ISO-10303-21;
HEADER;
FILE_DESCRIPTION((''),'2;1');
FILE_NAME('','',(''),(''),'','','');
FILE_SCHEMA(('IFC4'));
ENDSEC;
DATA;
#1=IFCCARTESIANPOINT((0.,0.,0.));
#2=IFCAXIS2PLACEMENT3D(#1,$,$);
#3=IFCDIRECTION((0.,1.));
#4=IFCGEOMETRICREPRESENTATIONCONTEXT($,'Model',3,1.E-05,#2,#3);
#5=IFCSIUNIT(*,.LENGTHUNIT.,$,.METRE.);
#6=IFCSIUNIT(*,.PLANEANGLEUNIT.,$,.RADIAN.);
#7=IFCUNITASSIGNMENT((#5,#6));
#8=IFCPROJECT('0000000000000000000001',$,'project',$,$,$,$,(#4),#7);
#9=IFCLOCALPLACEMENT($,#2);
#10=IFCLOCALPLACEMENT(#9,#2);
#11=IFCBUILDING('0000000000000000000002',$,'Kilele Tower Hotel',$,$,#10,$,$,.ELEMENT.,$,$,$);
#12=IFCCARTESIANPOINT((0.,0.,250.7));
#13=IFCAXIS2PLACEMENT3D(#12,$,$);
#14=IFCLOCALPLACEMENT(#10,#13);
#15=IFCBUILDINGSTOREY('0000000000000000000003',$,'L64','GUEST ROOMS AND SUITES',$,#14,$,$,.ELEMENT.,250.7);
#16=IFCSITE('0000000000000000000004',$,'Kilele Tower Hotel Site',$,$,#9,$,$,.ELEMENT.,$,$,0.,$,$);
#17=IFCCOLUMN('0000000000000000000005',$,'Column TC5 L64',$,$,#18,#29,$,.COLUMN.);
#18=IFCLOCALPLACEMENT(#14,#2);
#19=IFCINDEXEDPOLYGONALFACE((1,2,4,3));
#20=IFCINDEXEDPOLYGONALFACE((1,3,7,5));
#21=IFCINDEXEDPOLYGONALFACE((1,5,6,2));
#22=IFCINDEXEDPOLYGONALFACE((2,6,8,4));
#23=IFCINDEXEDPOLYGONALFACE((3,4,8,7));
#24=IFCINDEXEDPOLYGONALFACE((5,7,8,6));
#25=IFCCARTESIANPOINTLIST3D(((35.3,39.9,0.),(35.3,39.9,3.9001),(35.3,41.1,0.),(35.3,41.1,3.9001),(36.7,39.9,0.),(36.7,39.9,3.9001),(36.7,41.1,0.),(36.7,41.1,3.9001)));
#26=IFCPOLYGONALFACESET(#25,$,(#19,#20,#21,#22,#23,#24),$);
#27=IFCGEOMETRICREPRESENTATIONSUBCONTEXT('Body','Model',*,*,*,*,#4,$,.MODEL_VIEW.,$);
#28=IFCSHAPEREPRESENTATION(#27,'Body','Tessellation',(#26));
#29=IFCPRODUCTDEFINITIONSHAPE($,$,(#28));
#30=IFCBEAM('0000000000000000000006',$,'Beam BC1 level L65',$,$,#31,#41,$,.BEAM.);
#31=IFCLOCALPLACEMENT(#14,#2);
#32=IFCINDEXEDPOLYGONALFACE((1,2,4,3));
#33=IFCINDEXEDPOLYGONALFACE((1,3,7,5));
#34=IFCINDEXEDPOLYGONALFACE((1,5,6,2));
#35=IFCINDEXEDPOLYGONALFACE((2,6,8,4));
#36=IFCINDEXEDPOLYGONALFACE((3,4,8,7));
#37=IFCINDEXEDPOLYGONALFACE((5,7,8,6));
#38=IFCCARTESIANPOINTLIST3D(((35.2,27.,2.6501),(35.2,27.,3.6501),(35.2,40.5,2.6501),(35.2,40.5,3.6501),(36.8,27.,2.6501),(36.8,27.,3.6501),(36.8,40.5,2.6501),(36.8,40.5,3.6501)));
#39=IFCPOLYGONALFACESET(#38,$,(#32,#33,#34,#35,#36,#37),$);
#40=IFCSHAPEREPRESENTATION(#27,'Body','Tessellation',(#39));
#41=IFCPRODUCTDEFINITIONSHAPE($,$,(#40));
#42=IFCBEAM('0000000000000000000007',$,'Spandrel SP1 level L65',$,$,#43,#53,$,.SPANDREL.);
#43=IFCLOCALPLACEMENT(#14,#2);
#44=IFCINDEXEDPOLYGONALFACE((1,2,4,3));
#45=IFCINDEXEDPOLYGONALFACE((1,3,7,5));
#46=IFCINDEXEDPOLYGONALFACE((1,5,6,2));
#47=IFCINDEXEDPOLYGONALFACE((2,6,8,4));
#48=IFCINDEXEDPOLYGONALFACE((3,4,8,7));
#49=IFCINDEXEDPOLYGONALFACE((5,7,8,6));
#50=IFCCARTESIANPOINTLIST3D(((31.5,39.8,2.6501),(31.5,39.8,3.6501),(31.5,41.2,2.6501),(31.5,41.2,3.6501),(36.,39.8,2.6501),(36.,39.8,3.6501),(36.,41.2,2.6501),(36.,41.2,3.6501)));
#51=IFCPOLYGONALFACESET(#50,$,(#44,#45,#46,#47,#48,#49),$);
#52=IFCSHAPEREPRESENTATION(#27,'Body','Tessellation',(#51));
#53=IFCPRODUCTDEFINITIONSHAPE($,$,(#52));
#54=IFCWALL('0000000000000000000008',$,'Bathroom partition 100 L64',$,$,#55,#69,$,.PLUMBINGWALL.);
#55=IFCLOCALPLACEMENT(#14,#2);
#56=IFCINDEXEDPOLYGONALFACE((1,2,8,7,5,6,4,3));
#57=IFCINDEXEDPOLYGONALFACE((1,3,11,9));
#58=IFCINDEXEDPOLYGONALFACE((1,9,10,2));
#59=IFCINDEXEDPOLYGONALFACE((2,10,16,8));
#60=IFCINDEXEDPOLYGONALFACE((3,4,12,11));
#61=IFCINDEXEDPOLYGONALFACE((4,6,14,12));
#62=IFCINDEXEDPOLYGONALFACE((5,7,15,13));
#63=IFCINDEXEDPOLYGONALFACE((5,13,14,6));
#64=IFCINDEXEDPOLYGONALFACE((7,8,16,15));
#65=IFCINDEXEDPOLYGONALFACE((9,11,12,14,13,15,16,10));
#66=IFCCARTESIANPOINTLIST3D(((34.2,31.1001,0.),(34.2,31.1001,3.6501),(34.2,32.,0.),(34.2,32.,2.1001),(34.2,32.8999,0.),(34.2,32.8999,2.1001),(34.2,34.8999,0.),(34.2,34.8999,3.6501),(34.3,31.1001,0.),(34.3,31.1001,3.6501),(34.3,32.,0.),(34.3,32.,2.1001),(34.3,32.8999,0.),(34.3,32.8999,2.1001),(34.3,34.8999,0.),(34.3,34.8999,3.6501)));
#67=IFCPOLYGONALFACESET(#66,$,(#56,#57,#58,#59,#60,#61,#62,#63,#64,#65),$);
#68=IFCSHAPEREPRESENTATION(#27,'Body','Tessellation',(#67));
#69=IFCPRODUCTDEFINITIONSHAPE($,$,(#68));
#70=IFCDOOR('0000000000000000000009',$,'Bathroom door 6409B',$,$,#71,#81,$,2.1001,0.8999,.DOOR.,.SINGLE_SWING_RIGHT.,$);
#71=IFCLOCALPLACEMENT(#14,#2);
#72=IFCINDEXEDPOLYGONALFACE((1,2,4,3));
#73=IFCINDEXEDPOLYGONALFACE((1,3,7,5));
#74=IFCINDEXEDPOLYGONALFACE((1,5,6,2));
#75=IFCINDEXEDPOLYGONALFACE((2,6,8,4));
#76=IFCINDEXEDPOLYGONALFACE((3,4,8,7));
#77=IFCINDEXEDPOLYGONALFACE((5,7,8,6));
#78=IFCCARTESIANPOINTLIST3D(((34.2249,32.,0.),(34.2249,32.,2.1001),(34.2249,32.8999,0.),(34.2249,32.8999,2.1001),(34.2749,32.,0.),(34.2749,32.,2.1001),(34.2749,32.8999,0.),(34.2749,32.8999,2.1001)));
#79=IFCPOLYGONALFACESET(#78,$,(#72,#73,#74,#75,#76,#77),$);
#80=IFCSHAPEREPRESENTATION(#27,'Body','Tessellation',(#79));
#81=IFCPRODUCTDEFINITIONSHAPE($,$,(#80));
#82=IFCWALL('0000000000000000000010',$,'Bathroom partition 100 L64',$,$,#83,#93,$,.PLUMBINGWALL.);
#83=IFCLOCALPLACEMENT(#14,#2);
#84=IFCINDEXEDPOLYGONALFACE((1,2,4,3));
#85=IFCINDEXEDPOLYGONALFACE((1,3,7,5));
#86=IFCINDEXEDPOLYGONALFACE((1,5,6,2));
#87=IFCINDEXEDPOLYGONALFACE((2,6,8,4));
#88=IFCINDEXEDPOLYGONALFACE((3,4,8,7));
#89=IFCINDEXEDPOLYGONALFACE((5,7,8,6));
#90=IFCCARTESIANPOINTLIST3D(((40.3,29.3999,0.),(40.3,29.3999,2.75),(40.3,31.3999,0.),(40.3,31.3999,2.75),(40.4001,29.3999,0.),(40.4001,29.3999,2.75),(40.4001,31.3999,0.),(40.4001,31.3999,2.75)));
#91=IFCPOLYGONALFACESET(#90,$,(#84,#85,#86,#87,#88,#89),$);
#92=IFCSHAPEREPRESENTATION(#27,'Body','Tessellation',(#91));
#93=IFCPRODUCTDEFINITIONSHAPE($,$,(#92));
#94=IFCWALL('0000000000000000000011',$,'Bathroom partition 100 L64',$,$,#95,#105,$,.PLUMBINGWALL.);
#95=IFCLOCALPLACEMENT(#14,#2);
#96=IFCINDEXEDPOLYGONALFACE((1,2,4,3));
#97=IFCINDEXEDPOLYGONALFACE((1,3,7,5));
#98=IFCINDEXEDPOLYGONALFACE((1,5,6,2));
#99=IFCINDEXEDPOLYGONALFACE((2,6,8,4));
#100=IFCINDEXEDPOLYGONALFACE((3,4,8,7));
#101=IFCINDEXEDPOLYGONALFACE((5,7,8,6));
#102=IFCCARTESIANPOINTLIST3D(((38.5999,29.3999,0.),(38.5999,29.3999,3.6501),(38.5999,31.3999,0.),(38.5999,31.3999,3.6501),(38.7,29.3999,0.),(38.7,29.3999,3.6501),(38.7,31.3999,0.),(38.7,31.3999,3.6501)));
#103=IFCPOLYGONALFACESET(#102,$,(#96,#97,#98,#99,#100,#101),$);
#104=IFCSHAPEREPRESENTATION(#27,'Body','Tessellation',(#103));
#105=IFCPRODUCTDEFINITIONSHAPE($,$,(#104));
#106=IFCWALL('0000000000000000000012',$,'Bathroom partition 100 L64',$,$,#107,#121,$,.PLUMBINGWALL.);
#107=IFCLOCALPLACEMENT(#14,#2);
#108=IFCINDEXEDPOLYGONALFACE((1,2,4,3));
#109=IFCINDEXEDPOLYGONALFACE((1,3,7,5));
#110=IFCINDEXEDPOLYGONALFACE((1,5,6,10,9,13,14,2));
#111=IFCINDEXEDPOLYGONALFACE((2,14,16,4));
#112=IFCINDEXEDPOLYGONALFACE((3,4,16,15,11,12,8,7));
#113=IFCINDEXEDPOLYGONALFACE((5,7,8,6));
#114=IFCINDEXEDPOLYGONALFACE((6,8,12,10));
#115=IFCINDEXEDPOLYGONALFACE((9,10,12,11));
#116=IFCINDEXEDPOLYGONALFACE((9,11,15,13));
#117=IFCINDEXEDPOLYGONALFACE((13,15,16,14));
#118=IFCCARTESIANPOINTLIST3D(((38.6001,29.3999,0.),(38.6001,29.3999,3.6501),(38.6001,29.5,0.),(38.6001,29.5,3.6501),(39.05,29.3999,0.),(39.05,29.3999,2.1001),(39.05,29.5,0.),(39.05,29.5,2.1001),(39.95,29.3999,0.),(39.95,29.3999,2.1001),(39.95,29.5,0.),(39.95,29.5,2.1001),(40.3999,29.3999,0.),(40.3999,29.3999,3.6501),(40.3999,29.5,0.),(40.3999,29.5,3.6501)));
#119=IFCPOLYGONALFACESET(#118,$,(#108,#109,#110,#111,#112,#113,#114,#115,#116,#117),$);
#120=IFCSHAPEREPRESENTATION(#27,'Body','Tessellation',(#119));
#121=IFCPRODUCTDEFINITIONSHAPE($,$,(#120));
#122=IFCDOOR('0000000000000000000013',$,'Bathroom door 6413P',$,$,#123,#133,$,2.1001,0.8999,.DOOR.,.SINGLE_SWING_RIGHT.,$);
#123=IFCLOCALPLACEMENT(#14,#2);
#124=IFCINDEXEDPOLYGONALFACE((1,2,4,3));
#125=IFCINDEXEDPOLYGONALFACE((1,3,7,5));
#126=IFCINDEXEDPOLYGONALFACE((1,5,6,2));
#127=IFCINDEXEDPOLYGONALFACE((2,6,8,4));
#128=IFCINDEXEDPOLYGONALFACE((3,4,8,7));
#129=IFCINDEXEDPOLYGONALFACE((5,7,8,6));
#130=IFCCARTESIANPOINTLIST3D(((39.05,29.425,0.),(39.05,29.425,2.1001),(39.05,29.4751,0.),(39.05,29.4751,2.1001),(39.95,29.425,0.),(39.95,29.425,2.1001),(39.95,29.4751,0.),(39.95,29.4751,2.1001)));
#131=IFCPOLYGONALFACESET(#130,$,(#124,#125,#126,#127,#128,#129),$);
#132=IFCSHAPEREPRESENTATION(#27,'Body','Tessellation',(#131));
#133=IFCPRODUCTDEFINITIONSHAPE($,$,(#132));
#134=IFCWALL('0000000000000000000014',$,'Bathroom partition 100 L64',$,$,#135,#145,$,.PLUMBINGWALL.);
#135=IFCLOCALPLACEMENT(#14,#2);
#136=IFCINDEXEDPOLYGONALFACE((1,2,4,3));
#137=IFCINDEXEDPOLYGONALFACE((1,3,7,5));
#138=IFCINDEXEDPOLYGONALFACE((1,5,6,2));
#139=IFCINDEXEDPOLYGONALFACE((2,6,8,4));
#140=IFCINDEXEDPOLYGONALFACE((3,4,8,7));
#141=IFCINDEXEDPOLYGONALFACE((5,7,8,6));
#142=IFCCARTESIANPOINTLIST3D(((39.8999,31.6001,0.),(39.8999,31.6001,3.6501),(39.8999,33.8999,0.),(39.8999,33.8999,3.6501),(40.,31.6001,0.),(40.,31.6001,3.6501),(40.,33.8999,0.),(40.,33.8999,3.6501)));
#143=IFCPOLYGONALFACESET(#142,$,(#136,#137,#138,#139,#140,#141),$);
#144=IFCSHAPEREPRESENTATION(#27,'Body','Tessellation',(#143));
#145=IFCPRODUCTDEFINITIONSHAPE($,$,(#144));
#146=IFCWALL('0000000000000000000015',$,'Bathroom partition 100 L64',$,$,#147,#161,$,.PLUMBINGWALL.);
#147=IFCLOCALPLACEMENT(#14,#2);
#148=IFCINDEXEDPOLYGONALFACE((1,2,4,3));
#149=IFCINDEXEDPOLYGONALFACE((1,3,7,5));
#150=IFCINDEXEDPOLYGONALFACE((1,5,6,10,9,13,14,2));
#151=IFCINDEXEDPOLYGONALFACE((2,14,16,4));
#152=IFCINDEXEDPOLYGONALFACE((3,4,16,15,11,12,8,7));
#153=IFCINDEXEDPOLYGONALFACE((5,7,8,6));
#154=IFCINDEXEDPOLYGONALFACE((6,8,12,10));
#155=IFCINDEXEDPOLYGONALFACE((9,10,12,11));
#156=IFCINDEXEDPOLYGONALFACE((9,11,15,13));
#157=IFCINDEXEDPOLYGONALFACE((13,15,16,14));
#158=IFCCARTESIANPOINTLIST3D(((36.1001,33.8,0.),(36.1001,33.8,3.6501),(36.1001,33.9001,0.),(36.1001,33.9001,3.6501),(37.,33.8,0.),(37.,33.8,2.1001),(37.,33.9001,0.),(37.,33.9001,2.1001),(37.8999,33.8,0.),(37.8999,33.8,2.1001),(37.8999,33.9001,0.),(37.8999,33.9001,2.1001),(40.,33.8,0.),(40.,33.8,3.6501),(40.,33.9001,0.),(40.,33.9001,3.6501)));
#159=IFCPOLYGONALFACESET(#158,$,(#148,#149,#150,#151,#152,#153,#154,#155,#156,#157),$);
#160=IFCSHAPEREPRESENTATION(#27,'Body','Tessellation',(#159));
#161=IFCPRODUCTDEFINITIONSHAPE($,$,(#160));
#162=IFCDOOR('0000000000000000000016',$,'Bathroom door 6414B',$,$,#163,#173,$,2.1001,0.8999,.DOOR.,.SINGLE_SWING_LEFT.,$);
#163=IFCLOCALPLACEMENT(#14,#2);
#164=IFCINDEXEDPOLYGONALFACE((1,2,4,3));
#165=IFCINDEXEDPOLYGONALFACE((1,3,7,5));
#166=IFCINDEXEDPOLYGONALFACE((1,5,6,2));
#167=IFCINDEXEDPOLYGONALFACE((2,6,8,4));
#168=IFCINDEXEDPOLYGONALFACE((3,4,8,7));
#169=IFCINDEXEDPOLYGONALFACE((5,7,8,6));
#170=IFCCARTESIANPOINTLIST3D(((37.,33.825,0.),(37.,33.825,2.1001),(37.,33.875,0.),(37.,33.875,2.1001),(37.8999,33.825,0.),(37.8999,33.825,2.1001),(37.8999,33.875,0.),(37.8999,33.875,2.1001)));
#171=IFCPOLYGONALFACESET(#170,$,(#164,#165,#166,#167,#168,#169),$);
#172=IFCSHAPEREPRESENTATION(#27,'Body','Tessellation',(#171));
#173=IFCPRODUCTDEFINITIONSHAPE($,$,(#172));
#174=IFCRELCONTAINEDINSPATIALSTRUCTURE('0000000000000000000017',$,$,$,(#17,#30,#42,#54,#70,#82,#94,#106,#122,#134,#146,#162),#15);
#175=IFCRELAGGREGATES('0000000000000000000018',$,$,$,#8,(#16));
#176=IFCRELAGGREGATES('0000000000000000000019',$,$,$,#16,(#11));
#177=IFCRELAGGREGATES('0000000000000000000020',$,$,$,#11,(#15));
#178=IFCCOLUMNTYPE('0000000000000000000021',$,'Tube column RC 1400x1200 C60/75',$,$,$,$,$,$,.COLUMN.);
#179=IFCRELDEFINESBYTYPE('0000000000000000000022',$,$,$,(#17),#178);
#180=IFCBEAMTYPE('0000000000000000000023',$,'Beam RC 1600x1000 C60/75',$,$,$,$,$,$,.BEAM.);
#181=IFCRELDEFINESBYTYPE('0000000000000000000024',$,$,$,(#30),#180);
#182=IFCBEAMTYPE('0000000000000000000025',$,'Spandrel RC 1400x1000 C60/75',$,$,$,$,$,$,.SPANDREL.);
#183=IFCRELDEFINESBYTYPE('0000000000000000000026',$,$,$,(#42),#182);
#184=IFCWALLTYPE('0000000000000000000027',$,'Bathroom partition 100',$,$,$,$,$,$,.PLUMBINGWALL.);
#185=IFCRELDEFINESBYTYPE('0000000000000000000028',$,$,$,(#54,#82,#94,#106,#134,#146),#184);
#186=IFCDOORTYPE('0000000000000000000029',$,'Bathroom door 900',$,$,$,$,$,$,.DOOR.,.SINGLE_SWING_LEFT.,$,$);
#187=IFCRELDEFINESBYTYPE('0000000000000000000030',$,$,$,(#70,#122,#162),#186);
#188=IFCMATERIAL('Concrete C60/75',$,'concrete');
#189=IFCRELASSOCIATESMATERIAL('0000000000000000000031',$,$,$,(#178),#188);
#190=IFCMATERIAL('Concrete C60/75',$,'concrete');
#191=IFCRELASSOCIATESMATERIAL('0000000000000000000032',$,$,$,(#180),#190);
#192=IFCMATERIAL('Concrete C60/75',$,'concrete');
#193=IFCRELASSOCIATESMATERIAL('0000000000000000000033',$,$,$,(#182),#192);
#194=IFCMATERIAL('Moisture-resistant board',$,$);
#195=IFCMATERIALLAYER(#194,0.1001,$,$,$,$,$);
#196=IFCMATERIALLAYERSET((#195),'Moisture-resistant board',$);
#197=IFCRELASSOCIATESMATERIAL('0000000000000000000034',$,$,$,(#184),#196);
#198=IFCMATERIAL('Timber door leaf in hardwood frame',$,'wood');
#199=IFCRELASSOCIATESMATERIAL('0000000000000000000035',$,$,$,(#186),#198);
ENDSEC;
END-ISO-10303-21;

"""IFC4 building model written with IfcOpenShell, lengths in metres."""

from ifc_helpers import new_model, si_unit, direction, frame, frame_2d, origin, origin_2d, place, context, subcontext, project, spatial, rectangle, extrude, material, layer, layer_set, material_profile, profile_set, type_object, element, fill, save


model = new_model("IFC4")

# Units and contexts
model_context = context("Model", 3, precision=1e-05, world=origin(), true_north=direction((0.0, 1.0)))
body_context = subcontext(model_context, "Body", "Model", "MODEL_VIEW")
ifc_project = project(units=[si_unit("LENGTHUNIT", "METRE"), si_unit("PLANEANGLEUNIT", "RADIAN")], contexts=[model_context])

# Site, building, storey
site_placement = place(None, origin())
site = spatial("IfcSite", under=ifc_project, at=site_placement, Name="Kilele Tower Hotel Site", CompositionType="ELEMENT", RefElevation=0.0)
building_placement = place(site_placement, origin())
building = spatial("IfcBuilding", under=site, at=building_placement, Name="Kilele Tower Hotel", CompositionType="ELEMENT")
storey_placement = place(building_placement, frame((0.0, 0.0, 250.7)))
storey = spatial("IfcBuildingStorey", under=building, at=storey_placement, Name="L64", Description="GUEST ROOMS AND SUITES", CompositionType="ELEMENT", Elevation=250.7)

# Column
ifc_material_1 = material(Name="Concrete C60/75", Category="concrete")
ifc_material_profile_1 = material_profile(ifc_material_1, rectangle(XDim=1.3999, YDim=1.2, at=origin_2d()))
ifc_profile_set_1 = profile_set([ifc_material_profile_1], Name="Concrete C60/75")
column_type = type_object("IfcColumnType", Name="Tube column RC 1400x1200 C60/75", PredefinedType="COLUMN", material=ifc_profile_set_1)
column_placement = place(storey_placement, frame((36.0, 40.5, 0.0), z_axis=(0.0, 0.0, 1.0), x_axis=(1.0, 0.0, 0.0)))
element("IfcColumn", 1, at=column_placement, inside=storey, type_object=column_type, Name="Column TC5 L64", PredefinedType="COLUMN", context=body_context, shape_type="SweptSolid", body=[
    extrude(rectangle(XDim=1.3999, YDim=1.2, at=origin_2d()), origin(), (0.0, 0.0, 1.0), 3.9001),
])

# Beams
ifc_material_2 = material(Name="Concrete C60/75", Category="concrete")
ifc_material_profile_2 = material_profile(ifc_material_2, rectangle(XDim=1.6001, YDim=1.0, at=origin_2d()))
ifc_profile_set_2 = profile_set([ifc_material_profile_2], Name="Concrete C60/75")
beam_type_1 = type_object("IfcBeamType", Name="Beam RC 1600x1000 C60/75", PredefinedType="BEAM", material=ifc_profile_set_2)
beam_1_placement = place(storey_placement, frame((36.0, 40.5, 3.1501), z_axis=(0.0, -1.0, 0.0), x_axis=(1.0, 0.0, 0.0)))
element("IfcBeam", 2, at=beam_1_placement, inside=storey, type_object=beam_type_1, Name="Beam BC1 level L65", PredefinedType="BEAM", context=body_context, shape_type="SweptSolid", body=[
    extrude(rectangle(XDim=1.6001, YDim=1.0, at=origin_2d()), origin(), (0.0, 0.0, 1.0), 13.5),
])
ifc_material_3 = material(Name="Concrete C60/75", Category="concrete")
ifc_material_profile_3 = material_profile(ifc_material_3, rectangle(XDim=1.3999, YDim=1.0, at=origin_2d()))
ifc_profile_set_3 = profile_set([ifc_material_profile_3], Name="Concrete C60/75")
beam_type_2 = type_object("IfcBeamType", Name="Spandrel RC 1400x1000 C60/75", PredefinedType="SPANDREL", material=ifc_profile_set_3)
beam_2_placement = place(storey_placement, frame((36.0, 40.5, 3.1501), z_axis=(-1.0, 0.0, 0.0), x_axis=(0.0, -1.0, 0.0)))
element("IfcBeam", 3, at=beam_2_placement, inside=storey, type_object=beam_type_2, Name="Spandrel SP1 level L65", PredefinedType="SPANDREL", context=body_context, shape_type="SweptSolid", body=[
    extrude(rectangle(XDim=1.3999, YDim=1.0, at=origin_2d()), origin(), (0.0, 0.0, 1.0), 4.5),
])

# Wall, opening, door
ifc_material_4 = material(Name="Moisture-resistant board")
ifc_layer_1 = layer(ifc_material_4, 0.1001)
ifc_layer_set_1 = layer_set([ifc_layer_1], Name="Moisture-resistant board")
wall_type_1 = type_object("IfcWallType", Name="Bathroom partition 100", PredefinedType="PLUMBINGWALL", material=ifc_layer_set_1)
wall_1_placement = place(storey_placement, frame((34.25, 31.1001, 0.0), z_axis=(0.0, 0.0, 1.0), x_axis=(0.0, 1.0, 0.0)))
wall_1 = element("IfcWall", 4, at=wall_1_placement, inside=storey, type_object=wall_type_1, Name="Bathroom partition 100 L64", PredefinedType="PLUMBINGWALL", context=body_context, shape_type="SweptSolid", body=[
    extrude(rectangle(XDim=3.7998, YDim=0.1001, at=frame_2d((1.8999, 0.0))), origin(), (0.0, 0.0, 1.0), 3.6501),
])
opening_1_placement = place(wall_1_placement, frame((1.7998, 0.0, 0.0), z_axis=(0.0, 0.0, 1.0), x_axis=(-1.0, 0.0, 0.0)))
opening_1 = element("IfcOpeningElement", 5, at=opening_1_placement, cuts=wall_1, PredefinedType="OPENING", context=body_context, shape_type="SweptSolid", body=[
    extrude(rectangle(XDim=0.8999, YDim=2.1001, at=frame_2d((0.45, 1.05))), frame((0.0, 0.0601, 0.0), z_axis=(0.0, -1.0, 0.0), x_axis=(1.0, 0.0, 0.0)), (0.0, 0.0, 1.0), 0.1201),
])
ifc_material_5 = material(Name="Timber door leaf in hardwood frame", Category="wood")
door_type_1 = type_object("IfcDoorType", Name="Bathroom door 900", OperationType="SINGLE_SWING_LEFT", PredefinedType="DOOR", material=ifc_material_5)
door_1_placement = place(opening_1_placement, origin())
door_1 = element("IfcDoor", 6, at=door_1_placement, inside=storey, type_object=door_type_1, Name="Bathroom door 6409B", OperationType="SINGLE_SWING_RIGHT", OverallHeight=2.1001, OverallWidth=0.8999, PredefinedType="DOOR", context=body_context, shape_type="SweptSolid", body=[
    extrude(rectangle(XDim=0.8999, YDim=2.1001, at=frame_2d((0.45, 1.05))), frame((0.0, 0.0249, 0.0), z_axis=(0.0, -1.0, 0.0), x_axis=(1.0, 0.0, 0.0)), (0.0, 0.0, 1.0), 0.05),
])
fill(opening_1, door_1)

# Walls
wall_2_placement = place(storey_placement, frame((40.3501, 31.3999, 0.0), z_axis=(0.0, 0.0, 1.0), x_axis=(0.0, -1.0, 0.0)))
element("IfcWall", 7, at=wall_2_placement, inside=storey, type_object=wall_type_1, Name="Bathroom partition 100 L64", PredefinedType="PLUMBINGWALL", context=body_context, shape_type="SweptSolid", body=[
    extrude(rectangle(XDim=2.0, YDim=0.1001, at=frame_2d((1.0, 0.0))), origin(), (0.0, 0.0, 1.0), 2.75),
])
wall_3_placement = place(storey_placement, frame((38.6499, 31.3999, 0.0), z_axis=(0.0, 0.0, 1.0), x_axis=(0.0, -1.0, 0.0)))
element("IfcWall", 8, at=wall_3_placement, inside=storey, type_object=wall_type_1, Name="Bathroom partition 100 L64", PredefinedType="PLUMBINGWALL", context=body_context, shape_type="SweptSolid", body=[
    extrude(rectangle(XDim=2.0, YDim=0.1001, at=frame_2d((1.0, 0.0))), origin(), (0.0, 0.0, 1.0), 3.6501),
])

# Wall, opening, door
wall_4_placement = place(storey_placement, frame((38.6001, 29.45, 0.0), z_axis=(0.0, 0.0, 1.0), x_axis=(1.0, 0.0, 0.0)))
wall_4 = element("IfcWall", 9, at=wall_4_placement, inside=storey, type_object=wall_type_1, Name="Bathroom partition 100 L64", PredefinedType="PLUMBINGWALL", context=body_context, shape_type="SweptSolid", body=[
    extrude(rectangle(XDim=1.7998, YDim=0.1001, at=frame_2d((0.8999, 0.0))), origin(), (0.0, 0.0, 1.0), 3.6501),
])
opening_2_placement = place(wall_4_placement, frame((1.3499, 0.0, 0.0), z_axis=(0.0, 0.0, 1.0), x_axis=(-1.0, 0.0, 0.0)))
opening_2 = element("IfcOpeningElement", 10, at=opening_2_placement, cuts=wall_4, PredefinedType="OPENING", context=body_context, shape_type="SweptSolid", body=[
    extrude(rectangle(XDim=0.8999, YDim=2.1001, at=frame_2d((0.45, 1.05))), frame((0.0, 0.0601, 0.0), z_axis=(0.0, -1.0, 0.0), x_axis=(1.0, 0.0, 0.0)), (0.0, 0.0, 1.0), 0.1201),
])
door_2_placement = place(opening_2_placement, origin())
door_2 = element("IfcDoor", 11, at=door_2_placement, inside=storey, type_object=door_type_1, Name="Bathroom door 6413P", OperationType="SINGLE_SWING_RIGHT", OverallHeight=2.1001, OverallWidth=0.8999, PredefinedType="DOOR", context=body_context, shape_type="SweptSolid", body=[
    extrude(rectangle(XDim=0.8999, YDim=2.1001, at=frame_2d((0.45, 1.05))), frame((0.0, 0.0249, 0.0), z_axis=(0.0, -1.0, 0.0), x_axis=(1.0, 0.0, 0.0)), (0.0, 0.0, 1.0), 0.05),
])
fill(opening_2, door_2)

# Wall
wall_5_placement = place(storey_placement, frame((39.95, 31.6001, 0.0), z_axis=(0.0, 0.0, 1.0), x_axis=(0.0, 1.0, 0.0)))
element("IfcWall", 12, at=wall_5_placement, inside=storey, type_object=wall_type_1, Name="Bathroom partition 100 L64", PredefinedType="PLUMBINGWALL", context=body_context, shape_type="SweptSolid", body=[
    extrude(rectangle(XDim=2.2998, YDim=0.1001, at=frame_2d((1.1499, 0.0))), origin(), (0.0, 0.0, 1.0), 3.6501),
])

# Wall, opening, door
wall_6_placement = place(storey_placement, frame((36.1001, 33.8501, 0.0), z_axis=(0.0, 0.0, 1.0), x_axis=(1.0, 0.0, 0.0)))
wall_6 = element("IfcWall", 13, at=wall_6_placement, inside=storey, type_object=wall_type_1, Name="Bathroom partition 100 L64", PredefinedType="PLUMBINGWALL", context=body_context, shape_type="SweptSolid", body=[
    extrude(rectangle(XDim=3.8999, YDim=0.1001, at=frame_2d((1.95, 0.0))), origin(), (0.0, 0.0, 1.0), 3.6501),
])
opening_3_placement = place(wall_6_placement, frame((0.8999, 0.0, 0.0)))
opening_3 = element("IfcOpeningElement", 14, at=opening_3_placement, cuts=wall_6, PredefinedType="OPENING", context=body_context, shape_type="SweptSolid", body=[
    extrude(rectangle(XDim=0.8999, YDim=2.1001, at=frame_2d((0.45, 1.05))), frame((0.0, 0.0601, 0.0), z_axis=(0.0, -1.0, 0.0), x_axis=(1.0, 0.0, 0.0)), (0.0, 0.0, 1.0), 0.1201),
])
door_3_placement = place(opening_3_placement, origin())
door_3 = element("IfcDoor", 15, at=door_3_placement, inside=storey, type_object=door_type_1, Name="Bathroom door 6414B", OperationType="SINGLE_SWING_LEFT", OverallHeight=2.1001, OverallWidth=0.8999, PredefinedType="DOOR", context=body_context, shape_type="SweptSolid", body=[
    extrude(rectangle(XDim=0.8999, YDim=2.1001, at=frame_2d((0.45, 1.05))), frame((0.0, 0.0249, 0.0), z_axis=(0.0, -1.0, 0.0), x_axis=(1.0, 0.0, 0.0)), (0.0, 0.0, 1.0), 0.05),
])
fill(opening_3, door_3)

save(model, "model.ifc")
